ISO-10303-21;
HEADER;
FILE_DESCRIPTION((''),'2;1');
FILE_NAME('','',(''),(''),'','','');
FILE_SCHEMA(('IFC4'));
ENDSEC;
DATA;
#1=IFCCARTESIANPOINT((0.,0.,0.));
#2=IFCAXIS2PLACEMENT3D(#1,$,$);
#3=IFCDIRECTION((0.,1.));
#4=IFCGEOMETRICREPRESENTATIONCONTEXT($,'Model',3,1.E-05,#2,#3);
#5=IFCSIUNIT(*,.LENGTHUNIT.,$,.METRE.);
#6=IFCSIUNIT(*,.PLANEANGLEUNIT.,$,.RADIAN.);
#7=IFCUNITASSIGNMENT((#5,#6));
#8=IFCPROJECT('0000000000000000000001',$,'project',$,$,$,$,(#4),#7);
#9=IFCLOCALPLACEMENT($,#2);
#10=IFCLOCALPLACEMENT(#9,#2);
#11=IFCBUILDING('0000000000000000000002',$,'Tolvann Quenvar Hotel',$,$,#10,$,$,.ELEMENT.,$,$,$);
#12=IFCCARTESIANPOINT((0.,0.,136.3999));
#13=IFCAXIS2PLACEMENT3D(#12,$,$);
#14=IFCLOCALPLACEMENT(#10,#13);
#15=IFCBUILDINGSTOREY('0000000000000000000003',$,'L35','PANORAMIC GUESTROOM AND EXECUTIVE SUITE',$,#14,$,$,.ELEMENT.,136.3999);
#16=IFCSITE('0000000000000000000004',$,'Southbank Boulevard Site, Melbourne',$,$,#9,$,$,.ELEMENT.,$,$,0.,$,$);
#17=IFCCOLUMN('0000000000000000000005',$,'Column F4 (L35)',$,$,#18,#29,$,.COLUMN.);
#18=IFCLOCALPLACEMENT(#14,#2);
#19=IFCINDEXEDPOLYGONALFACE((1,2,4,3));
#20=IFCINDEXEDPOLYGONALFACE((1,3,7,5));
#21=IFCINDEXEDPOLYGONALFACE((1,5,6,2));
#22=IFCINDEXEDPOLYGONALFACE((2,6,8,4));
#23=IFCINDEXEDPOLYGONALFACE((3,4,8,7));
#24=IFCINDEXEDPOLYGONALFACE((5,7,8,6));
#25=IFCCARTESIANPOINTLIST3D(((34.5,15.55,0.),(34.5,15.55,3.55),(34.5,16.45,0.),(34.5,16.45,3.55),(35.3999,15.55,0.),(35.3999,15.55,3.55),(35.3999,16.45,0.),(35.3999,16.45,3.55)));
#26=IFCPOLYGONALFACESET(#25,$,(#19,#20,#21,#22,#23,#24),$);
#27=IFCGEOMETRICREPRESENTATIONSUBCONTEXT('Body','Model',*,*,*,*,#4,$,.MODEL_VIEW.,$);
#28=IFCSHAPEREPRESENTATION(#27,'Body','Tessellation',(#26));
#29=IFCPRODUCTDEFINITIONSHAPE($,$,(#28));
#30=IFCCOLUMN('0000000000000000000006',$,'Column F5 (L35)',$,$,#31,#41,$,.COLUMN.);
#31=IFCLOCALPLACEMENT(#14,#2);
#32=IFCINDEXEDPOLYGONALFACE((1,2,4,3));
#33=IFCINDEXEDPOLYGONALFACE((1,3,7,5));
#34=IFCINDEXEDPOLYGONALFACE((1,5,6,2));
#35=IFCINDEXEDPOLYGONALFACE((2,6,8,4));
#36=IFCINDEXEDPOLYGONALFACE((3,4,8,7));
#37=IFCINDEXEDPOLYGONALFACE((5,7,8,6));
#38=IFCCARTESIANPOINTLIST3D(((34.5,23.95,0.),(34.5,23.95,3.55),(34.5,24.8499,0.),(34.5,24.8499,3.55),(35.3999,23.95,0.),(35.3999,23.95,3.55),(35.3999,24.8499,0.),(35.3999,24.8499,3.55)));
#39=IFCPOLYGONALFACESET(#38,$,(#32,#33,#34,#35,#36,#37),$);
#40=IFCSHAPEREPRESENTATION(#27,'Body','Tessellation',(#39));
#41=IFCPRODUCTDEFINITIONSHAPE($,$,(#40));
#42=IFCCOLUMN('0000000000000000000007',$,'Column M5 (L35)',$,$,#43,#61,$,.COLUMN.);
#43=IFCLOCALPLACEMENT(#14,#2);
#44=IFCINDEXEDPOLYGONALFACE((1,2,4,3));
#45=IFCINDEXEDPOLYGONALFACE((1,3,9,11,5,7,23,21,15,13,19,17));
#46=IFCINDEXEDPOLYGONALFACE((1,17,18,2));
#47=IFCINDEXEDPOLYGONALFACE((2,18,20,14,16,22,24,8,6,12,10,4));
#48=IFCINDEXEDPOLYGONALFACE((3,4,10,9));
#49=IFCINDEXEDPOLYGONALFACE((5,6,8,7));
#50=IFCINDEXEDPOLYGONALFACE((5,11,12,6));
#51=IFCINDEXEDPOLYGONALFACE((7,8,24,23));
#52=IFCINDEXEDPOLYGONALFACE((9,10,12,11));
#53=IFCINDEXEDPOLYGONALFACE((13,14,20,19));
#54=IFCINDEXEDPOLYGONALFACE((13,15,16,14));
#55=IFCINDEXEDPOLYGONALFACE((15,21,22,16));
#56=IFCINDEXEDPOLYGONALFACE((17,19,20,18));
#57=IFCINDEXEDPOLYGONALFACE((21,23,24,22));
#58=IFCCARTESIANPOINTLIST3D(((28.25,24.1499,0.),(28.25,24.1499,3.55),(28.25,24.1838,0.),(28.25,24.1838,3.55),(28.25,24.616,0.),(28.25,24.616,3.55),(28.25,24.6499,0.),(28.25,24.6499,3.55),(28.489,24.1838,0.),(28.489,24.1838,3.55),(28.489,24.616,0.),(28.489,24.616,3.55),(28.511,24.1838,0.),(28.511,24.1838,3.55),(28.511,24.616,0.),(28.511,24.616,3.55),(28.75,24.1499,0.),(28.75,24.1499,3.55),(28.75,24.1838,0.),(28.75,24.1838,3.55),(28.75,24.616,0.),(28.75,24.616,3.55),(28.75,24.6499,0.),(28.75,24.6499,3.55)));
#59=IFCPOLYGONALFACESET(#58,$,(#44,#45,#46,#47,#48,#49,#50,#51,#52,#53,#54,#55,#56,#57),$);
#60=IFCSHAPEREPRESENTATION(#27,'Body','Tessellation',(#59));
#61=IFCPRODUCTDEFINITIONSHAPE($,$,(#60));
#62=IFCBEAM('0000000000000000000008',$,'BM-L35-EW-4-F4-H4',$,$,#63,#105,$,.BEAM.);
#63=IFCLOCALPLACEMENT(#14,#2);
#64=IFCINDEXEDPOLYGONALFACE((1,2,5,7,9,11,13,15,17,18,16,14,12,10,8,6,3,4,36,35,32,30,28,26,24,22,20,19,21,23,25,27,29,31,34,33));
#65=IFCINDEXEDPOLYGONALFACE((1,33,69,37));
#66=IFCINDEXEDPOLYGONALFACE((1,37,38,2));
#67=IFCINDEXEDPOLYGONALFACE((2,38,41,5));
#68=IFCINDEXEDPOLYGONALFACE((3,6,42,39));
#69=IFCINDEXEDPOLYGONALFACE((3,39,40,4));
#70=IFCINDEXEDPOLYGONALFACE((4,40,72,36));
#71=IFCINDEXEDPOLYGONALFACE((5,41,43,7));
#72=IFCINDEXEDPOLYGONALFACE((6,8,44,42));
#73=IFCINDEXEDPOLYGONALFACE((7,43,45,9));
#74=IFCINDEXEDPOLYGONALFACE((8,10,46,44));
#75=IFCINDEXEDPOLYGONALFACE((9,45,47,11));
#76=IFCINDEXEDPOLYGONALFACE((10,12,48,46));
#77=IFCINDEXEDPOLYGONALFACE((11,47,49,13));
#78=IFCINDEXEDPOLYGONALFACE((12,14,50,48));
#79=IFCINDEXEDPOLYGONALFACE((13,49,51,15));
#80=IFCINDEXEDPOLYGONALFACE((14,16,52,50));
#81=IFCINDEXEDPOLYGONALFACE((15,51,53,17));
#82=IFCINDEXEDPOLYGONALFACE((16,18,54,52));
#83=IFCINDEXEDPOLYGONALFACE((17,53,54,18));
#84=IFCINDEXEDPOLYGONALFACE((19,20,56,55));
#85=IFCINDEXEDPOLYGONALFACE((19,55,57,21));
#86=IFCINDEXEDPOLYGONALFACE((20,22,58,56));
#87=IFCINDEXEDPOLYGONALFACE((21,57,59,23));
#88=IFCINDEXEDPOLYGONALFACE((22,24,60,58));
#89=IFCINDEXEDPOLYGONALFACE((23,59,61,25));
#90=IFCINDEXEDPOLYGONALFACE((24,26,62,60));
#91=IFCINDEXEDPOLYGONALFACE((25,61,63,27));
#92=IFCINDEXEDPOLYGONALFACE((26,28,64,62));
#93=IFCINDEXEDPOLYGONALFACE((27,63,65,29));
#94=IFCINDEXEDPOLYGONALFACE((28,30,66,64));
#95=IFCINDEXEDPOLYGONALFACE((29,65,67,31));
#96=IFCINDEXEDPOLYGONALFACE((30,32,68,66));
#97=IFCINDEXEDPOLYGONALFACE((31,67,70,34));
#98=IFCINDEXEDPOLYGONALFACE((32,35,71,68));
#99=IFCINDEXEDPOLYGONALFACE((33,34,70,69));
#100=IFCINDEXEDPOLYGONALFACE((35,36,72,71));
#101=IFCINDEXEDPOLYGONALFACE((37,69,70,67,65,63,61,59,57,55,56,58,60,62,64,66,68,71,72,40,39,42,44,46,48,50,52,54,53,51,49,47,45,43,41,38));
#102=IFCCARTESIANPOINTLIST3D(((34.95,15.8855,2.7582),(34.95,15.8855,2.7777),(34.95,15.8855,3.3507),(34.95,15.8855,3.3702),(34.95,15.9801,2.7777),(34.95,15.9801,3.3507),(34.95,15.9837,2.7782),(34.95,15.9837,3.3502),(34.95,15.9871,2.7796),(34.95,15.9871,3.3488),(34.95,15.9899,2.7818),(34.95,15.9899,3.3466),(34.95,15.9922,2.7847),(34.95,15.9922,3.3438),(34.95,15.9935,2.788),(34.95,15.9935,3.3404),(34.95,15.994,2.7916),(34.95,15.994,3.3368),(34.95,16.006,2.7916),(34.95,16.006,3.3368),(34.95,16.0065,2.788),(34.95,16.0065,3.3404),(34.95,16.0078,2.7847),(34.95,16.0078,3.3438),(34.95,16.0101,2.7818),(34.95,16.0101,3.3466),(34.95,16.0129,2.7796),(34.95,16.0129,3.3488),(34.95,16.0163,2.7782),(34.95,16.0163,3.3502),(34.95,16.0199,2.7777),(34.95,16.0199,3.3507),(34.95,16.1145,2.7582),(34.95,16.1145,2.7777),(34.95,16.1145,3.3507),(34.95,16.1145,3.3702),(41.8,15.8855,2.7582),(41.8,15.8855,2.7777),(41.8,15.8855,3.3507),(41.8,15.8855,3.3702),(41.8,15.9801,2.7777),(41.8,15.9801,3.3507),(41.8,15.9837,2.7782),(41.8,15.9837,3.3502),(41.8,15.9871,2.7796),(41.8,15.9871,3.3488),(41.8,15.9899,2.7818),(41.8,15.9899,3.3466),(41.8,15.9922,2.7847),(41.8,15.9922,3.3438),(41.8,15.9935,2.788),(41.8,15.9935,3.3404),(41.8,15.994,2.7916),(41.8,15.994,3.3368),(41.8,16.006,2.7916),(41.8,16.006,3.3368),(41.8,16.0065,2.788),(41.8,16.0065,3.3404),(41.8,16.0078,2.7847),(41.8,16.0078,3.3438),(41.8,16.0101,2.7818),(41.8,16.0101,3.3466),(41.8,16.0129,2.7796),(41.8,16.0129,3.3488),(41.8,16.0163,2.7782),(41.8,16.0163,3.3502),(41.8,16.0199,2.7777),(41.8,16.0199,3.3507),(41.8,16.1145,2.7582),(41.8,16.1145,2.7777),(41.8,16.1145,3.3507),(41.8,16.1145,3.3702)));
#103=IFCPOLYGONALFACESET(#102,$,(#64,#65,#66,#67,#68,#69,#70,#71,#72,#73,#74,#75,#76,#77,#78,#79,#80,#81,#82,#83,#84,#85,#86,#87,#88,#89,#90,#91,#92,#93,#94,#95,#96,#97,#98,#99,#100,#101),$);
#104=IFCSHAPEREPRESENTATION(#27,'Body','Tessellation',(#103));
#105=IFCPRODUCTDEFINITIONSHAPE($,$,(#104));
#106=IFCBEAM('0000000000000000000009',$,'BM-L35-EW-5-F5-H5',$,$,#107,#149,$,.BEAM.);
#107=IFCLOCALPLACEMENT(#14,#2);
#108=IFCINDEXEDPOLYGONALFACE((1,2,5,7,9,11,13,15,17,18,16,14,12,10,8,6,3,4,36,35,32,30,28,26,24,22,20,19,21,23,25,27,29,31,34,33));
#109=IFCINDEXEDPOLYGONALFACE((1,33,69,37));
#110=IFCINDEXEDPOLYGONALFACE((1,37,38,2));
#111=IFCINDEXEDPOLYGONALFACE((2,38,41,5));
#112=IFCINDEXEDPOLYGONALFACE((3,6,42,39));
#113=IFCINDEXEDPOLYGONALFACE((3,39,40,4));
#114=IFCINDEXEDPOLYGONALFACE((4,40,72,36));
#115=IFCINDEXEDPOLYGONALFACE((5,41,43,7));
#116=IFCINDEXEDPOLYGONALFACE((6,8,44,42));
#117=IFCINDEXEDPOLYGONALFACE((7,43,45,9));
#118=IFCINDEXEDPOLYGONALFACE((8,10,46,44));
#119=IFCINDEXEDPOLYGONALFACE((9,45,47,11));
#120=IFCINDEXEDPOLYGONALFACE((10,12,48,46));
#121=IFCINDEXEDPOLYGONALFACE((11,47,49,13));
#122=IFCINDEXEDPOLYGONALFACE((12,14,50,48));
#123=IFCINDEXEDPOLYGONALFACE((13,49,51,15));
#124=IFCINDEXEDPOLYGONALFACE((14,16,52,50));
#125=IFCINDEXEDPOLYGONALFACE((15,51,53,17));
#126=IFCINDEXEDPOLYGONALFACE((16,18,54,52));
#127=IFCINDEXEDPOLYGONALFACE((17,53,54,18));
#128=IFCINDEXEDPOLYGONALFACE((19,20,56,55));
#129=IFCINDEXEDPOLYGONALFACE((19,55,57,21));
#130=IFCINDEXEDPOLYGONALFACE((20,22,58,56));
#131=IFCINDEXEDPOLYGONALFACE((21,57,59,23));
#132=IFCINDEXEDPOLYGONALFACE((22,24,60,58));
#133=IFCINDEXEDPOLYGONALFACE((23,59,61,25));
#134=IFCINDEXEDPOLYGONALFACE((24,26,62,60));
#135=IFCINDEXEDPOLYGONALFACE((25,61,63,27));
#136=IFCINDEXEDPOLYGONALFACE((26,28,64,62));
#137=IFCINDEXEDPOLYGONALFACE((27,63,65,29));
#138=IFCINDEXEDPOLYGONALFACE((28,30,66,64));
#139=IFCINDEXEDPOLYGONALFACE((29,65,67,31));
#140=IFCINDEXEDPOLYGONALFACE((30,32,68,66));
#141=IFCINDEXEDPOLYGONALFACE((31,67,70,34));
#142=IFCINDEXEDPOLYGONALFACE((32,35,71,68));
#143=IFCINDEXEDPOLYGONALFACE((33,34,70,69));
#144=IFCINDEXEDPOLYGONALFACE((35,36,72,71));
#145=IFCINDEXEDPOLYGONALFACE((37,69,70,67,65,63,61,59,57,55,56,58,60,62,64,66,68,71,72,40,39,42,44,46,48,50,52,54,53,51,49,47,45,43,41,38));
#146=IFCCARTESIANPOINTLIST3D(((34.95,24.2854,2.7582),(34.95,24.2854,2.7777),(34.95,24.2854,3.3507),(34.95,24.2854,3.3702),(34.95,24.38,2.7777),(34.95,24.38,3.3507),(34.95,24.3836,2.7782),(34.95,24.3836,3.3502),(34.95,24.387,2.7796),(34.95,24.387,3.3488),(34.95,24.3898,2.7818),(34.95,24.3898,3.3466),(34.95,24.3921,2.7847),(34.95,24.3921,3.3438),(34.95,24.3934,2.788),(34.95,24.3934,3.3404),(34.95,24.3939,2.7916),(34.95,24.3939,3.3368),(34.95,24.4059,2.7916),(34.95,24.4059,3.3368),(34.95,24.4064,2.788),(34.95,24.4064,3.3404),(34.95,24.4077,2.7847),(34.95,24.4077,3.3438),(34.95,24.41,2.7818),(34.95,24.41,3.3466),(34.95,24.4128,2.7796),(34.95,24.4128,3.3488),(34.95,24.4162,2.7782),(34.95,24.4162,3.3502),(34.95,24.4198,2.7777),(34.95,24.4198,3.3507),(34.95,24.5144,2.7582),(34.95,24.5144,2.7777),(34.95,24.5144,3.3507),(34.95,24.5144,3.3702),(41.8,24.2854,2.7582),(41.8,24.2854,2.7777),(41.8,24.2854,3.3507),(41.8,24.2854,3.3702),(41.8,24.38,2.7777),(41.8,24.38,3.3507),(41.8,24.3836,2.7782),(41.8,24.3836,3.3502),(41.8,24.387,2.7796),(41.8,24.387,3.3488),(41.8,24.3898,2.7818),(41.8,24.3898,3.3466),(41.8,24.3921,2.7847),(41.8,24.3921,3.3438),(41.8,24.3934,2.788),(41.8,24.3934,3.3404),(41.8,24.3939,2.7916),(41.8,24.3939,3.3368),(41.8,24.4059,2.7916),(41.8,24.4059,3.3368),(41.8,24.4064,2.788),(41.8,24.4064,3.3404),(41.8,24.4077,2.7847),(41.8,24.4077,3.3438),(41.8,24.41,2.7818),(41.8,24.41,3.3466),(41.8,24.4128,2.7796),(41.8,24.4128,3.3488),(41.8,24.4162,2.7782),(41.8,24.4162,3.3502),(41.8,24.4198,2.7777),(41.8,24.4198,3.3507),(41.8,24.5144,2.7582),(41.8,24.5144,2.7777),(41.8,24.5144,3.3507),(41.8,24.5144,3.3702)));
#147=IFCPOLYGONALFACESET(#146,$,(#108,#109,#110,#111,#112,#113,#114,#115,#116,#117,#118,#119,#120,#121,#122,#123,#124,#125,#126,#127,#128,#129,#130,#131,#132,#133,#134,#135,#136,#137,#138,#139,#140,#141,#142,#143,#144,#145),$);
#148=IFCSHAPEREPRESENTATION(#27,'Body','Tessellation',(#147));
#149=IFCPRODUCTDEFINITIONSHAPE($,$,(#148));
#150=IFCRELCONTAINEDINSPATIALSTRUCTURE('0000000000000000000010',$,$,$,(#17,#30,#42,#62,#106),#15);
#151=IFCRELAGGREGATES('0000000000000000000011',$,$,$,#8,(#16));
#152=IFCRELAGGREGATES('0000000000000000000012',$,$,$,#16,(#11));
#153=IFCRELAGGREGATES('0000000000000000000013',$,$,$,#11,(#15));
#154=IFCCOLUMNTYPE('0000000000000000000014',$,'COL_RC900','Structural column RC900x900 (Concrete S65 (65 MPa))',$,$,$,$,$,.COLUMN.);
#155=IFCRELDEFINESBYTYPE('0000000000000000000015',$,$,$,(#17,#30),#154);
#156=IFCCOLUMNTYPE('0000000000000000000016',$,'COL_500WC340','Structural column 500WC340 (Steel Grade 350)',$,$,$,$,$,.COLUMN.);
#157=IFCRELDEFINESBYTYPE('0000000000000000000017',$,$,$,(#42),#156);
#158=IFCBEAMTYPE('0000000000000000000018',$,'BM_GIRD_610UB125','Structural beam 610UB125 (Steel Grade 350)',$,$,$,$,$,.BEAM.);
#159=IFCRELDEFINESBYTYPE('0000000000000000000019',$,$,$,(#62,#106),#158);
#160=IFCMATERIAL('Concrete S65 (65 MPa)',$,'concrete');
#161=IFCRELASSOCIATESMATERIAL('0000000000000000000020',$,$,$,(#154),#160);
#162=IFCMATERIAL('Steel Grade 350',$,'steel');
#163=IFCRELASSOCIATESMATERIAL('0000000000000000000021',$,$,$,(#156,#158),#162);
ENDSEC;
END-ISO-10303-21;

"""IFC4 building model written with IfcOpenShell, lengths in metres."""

from ifc_helpers import new_model, si_unit, direction, frame, origin, origin_2d, place, context, subcontext, project, spatial, rectangle, i_section, extrude, source, transform, mapped, material, material_profile, profile_set, type_object, type_shapes, element, save


model = new_model("IFC4")

# Units and contexts
model_context = context("Model", 3, precision=1e-05, world=origin(), true_north=direction((0.0, 1.0)))
body_context = subcontext(model_context, "Body", "Model", "MODEL_VIEW")
ifc_project = project(units=[si_unit("LENGTHUNIT", "METRE"), si_unit("PLANEANGLEUNIT", "RADIAN")], contexts=[model_context])

# Site, building, storey
site_placement = place(None, origin())
site = spatial("IfcSite", under=ifc_project, at=site_placement, Name="Southbank Boulevard Site, Melbourne", CompositionType="ELEMENT", RefElevation=0.0)
building_placement = place(site_placement, origin())
building = spatial("IfcBuilding", under=site, at=building_placement, Name="Tolvann Quenvar Hotel", CompositionType="ELEMENT")
storey_placement = place(building_placement, frame((0.0, 0.0, 136.3999)))
storey = spatial("IfcBuildingStorey", under=building, at=storey_placement, Name="L35", Description="PANORAMIC GUESTROOM AND EXECUTIVE SUITE", CompositionType="ELEMENT", Elevation=136.3999)

# Columns
ifc_material_1 = material(Name="Concrete S65 (65 MPa)", Category="concrete")
ifc_material_profile_1 = material_profile(ifc_material_1, rectangle(XDim=0.8999, YDim=0.8999, at=origin_2d()), Name="RC900x900")
ifc_profile_set_1 = profile_set([ifc_material_profile_1], Name="Concrete S65 (65 MPa)")
column_type_1 = type_object("IfcColumnType", Name="COL_RC900", Description="Structural column RC900x900 (Concrete S65 (65 MPa))", PredefinedType="COLUMN", material=ifc_profile_set_1)
shared_shape_1 = source(origin(), body_context, "Body", "SweptSolid", [
    extrude(rectangle(XDim=0.8999, YDim=0.8999, at=origin_2d()), origin(), (0.0, 0.0, 1.0), 3.55),
])
type_shapes(column_type_1, [shared_shape_1])
for number, where, z_axis, x_axis, name in (
    (1, (34.95, 16.0, 0.0), (0.0, 0.0, 1.0), (1.0, 0.0, 0.0), "Column F4 (L35)"),
    (2, (34.95, 24.3999, 0.0), (0.0, 0.0, 1.0), (1.0, 0.0, 0.0), "Column F5 (L35)"),
):
    element("IfcColumn", number, at=place(storey_placement, frame(where, z_axis=z_axis, x_axis=x_axis)), inside=storey, type_object=column_type_1, Name=name, PredefinedType="COLUMN", context=body_context, shape_type="MappedRepresentation", body=[
        mapped(shared_shape_1, transform((0.0, 0.0, 0.0), x_axis=(1.0, 0.0, 0.0), y_axis=(0.0, 1.0, 0.0), z_axis=(0.0, 0.0, 1.0), scale=1.0)),
    ])
ifc_material_2 = material(Name="Steel Grade 350", Category="steel")
ifc_material_profile_2 = material_profile(ifc_material_2, i_section(OverallWidth=0.5, OverallDepth=0.5, WebThickness=0.022, FlangeThickness=0.0339, at=origin_2d()), Name="500WC340")
ifc_profile_set_2 = profile_set([ifc_material_profile_2], Name="Steel Grade 350")
column_type_2 = type_object("IfcColumnType", Name="COL_500WC340", Description="Structural column 500WC340 (Steel Grade 350)", PredefinedType="COLUMN", material=ifc_profile_set_2)
shared_shape_2 = source(origin(), body_context, "Body", "SweptSolid", [
    extrude(i_section(OverallWidth=0.5, OverallDepth=0.5, WebThickness=0.022, FlangeThickness=0.0339, at=origin_2d()), origin(), (0.0, 0.0, 1.0), 3.55),
])
type_shapes(column_type_2, [shared_shape_2])
column_placement = place(storey_placement, frame((28.5, 24.3999, 0.0), z_axis=(0.0, 0.0, 1.0), x_axis=(1.0, 0.0, 0.0)))
element("IfcColumn", 3, at=column_placement, inside=storey, type_object=column_type_2, Name="Column M5 (L35)", PredefinedType="COLUMN", context=body_context, shape_type="MappedRepresentation", body=[
    mapped(shared_shape_2, transform((0.0, 0.0, 0.0), x_axis=(1.0, 0.0, 0.0), y_axis=(0.0, 1.0, 0.0), z_axis=(0.0, 0.0, 1.0), scale=1.0)),
])

# Beams
ifc_material_profile_3 = material_profile(ifc_material_2, i_section(OverallWidth=0.229, OverallDepth=0.6121, WebThickness=0.012, FlangeThickness=0.0195, FilletRadius=0.0139, at=origin_2d()), Name="610UB125")
ifc_profile_set_3 = profile_set([ifc_material_profile_3], Name="Steel Grade 350")
beam_type_1 = type_object("IfcBeamType", Name="BM_GIRD_610UB125", Description="Structural beam 610UB125 (Steel Grade 350)", PredefinedType="BEAM", material=ifc_profile_set_3)
shared_shape_3 = source(origin(), body_context, "Body", "SweptSolid", [
    extrude(i_section(OverallWidth=0.229, OverallDepth=0.6121, WebThickness=0.012, FlangeThickness=0.0195, FilletRadius=0.0139, at=origin_2d()), origin(), (0.0, 0.0, 1.0), 6.8501),
])
for number, where, z_axis, x_axis, name in (
    (4, (34.95, 16.0, 3.0642), (1.0, 0.0, 0.0), (0.0, 1.0, 0.0), "BM-L35-EW-4-F4-H4"),
    (5, (34.95, 24.3999, 3.0642), (1.0, 0.0, 0.0), (0.0, 1.0, 0.0), "BM-L35-EW-5-F5-H5"),
):
    element("IfcBeam", number, at=place(storey_placement, frame(where, z_axis=z_axis, x_axis=x_axis)), inside=storey, type_object=beam_type_1, Name=name, PredefinedType="BEAM", context=body_context, shape_type="MappedRepresentation", body=[
        mapped(shared_shape_3, transform((0.0, 0.0, 0.0), x_axis=(1.0, 0.0, 0.0), y_axis=(0.0, 1.0, 0.0), z_axis=(0.0, 0.0, 1.0), scale=1.0)),
    ])

save(model, "model.ifc")
